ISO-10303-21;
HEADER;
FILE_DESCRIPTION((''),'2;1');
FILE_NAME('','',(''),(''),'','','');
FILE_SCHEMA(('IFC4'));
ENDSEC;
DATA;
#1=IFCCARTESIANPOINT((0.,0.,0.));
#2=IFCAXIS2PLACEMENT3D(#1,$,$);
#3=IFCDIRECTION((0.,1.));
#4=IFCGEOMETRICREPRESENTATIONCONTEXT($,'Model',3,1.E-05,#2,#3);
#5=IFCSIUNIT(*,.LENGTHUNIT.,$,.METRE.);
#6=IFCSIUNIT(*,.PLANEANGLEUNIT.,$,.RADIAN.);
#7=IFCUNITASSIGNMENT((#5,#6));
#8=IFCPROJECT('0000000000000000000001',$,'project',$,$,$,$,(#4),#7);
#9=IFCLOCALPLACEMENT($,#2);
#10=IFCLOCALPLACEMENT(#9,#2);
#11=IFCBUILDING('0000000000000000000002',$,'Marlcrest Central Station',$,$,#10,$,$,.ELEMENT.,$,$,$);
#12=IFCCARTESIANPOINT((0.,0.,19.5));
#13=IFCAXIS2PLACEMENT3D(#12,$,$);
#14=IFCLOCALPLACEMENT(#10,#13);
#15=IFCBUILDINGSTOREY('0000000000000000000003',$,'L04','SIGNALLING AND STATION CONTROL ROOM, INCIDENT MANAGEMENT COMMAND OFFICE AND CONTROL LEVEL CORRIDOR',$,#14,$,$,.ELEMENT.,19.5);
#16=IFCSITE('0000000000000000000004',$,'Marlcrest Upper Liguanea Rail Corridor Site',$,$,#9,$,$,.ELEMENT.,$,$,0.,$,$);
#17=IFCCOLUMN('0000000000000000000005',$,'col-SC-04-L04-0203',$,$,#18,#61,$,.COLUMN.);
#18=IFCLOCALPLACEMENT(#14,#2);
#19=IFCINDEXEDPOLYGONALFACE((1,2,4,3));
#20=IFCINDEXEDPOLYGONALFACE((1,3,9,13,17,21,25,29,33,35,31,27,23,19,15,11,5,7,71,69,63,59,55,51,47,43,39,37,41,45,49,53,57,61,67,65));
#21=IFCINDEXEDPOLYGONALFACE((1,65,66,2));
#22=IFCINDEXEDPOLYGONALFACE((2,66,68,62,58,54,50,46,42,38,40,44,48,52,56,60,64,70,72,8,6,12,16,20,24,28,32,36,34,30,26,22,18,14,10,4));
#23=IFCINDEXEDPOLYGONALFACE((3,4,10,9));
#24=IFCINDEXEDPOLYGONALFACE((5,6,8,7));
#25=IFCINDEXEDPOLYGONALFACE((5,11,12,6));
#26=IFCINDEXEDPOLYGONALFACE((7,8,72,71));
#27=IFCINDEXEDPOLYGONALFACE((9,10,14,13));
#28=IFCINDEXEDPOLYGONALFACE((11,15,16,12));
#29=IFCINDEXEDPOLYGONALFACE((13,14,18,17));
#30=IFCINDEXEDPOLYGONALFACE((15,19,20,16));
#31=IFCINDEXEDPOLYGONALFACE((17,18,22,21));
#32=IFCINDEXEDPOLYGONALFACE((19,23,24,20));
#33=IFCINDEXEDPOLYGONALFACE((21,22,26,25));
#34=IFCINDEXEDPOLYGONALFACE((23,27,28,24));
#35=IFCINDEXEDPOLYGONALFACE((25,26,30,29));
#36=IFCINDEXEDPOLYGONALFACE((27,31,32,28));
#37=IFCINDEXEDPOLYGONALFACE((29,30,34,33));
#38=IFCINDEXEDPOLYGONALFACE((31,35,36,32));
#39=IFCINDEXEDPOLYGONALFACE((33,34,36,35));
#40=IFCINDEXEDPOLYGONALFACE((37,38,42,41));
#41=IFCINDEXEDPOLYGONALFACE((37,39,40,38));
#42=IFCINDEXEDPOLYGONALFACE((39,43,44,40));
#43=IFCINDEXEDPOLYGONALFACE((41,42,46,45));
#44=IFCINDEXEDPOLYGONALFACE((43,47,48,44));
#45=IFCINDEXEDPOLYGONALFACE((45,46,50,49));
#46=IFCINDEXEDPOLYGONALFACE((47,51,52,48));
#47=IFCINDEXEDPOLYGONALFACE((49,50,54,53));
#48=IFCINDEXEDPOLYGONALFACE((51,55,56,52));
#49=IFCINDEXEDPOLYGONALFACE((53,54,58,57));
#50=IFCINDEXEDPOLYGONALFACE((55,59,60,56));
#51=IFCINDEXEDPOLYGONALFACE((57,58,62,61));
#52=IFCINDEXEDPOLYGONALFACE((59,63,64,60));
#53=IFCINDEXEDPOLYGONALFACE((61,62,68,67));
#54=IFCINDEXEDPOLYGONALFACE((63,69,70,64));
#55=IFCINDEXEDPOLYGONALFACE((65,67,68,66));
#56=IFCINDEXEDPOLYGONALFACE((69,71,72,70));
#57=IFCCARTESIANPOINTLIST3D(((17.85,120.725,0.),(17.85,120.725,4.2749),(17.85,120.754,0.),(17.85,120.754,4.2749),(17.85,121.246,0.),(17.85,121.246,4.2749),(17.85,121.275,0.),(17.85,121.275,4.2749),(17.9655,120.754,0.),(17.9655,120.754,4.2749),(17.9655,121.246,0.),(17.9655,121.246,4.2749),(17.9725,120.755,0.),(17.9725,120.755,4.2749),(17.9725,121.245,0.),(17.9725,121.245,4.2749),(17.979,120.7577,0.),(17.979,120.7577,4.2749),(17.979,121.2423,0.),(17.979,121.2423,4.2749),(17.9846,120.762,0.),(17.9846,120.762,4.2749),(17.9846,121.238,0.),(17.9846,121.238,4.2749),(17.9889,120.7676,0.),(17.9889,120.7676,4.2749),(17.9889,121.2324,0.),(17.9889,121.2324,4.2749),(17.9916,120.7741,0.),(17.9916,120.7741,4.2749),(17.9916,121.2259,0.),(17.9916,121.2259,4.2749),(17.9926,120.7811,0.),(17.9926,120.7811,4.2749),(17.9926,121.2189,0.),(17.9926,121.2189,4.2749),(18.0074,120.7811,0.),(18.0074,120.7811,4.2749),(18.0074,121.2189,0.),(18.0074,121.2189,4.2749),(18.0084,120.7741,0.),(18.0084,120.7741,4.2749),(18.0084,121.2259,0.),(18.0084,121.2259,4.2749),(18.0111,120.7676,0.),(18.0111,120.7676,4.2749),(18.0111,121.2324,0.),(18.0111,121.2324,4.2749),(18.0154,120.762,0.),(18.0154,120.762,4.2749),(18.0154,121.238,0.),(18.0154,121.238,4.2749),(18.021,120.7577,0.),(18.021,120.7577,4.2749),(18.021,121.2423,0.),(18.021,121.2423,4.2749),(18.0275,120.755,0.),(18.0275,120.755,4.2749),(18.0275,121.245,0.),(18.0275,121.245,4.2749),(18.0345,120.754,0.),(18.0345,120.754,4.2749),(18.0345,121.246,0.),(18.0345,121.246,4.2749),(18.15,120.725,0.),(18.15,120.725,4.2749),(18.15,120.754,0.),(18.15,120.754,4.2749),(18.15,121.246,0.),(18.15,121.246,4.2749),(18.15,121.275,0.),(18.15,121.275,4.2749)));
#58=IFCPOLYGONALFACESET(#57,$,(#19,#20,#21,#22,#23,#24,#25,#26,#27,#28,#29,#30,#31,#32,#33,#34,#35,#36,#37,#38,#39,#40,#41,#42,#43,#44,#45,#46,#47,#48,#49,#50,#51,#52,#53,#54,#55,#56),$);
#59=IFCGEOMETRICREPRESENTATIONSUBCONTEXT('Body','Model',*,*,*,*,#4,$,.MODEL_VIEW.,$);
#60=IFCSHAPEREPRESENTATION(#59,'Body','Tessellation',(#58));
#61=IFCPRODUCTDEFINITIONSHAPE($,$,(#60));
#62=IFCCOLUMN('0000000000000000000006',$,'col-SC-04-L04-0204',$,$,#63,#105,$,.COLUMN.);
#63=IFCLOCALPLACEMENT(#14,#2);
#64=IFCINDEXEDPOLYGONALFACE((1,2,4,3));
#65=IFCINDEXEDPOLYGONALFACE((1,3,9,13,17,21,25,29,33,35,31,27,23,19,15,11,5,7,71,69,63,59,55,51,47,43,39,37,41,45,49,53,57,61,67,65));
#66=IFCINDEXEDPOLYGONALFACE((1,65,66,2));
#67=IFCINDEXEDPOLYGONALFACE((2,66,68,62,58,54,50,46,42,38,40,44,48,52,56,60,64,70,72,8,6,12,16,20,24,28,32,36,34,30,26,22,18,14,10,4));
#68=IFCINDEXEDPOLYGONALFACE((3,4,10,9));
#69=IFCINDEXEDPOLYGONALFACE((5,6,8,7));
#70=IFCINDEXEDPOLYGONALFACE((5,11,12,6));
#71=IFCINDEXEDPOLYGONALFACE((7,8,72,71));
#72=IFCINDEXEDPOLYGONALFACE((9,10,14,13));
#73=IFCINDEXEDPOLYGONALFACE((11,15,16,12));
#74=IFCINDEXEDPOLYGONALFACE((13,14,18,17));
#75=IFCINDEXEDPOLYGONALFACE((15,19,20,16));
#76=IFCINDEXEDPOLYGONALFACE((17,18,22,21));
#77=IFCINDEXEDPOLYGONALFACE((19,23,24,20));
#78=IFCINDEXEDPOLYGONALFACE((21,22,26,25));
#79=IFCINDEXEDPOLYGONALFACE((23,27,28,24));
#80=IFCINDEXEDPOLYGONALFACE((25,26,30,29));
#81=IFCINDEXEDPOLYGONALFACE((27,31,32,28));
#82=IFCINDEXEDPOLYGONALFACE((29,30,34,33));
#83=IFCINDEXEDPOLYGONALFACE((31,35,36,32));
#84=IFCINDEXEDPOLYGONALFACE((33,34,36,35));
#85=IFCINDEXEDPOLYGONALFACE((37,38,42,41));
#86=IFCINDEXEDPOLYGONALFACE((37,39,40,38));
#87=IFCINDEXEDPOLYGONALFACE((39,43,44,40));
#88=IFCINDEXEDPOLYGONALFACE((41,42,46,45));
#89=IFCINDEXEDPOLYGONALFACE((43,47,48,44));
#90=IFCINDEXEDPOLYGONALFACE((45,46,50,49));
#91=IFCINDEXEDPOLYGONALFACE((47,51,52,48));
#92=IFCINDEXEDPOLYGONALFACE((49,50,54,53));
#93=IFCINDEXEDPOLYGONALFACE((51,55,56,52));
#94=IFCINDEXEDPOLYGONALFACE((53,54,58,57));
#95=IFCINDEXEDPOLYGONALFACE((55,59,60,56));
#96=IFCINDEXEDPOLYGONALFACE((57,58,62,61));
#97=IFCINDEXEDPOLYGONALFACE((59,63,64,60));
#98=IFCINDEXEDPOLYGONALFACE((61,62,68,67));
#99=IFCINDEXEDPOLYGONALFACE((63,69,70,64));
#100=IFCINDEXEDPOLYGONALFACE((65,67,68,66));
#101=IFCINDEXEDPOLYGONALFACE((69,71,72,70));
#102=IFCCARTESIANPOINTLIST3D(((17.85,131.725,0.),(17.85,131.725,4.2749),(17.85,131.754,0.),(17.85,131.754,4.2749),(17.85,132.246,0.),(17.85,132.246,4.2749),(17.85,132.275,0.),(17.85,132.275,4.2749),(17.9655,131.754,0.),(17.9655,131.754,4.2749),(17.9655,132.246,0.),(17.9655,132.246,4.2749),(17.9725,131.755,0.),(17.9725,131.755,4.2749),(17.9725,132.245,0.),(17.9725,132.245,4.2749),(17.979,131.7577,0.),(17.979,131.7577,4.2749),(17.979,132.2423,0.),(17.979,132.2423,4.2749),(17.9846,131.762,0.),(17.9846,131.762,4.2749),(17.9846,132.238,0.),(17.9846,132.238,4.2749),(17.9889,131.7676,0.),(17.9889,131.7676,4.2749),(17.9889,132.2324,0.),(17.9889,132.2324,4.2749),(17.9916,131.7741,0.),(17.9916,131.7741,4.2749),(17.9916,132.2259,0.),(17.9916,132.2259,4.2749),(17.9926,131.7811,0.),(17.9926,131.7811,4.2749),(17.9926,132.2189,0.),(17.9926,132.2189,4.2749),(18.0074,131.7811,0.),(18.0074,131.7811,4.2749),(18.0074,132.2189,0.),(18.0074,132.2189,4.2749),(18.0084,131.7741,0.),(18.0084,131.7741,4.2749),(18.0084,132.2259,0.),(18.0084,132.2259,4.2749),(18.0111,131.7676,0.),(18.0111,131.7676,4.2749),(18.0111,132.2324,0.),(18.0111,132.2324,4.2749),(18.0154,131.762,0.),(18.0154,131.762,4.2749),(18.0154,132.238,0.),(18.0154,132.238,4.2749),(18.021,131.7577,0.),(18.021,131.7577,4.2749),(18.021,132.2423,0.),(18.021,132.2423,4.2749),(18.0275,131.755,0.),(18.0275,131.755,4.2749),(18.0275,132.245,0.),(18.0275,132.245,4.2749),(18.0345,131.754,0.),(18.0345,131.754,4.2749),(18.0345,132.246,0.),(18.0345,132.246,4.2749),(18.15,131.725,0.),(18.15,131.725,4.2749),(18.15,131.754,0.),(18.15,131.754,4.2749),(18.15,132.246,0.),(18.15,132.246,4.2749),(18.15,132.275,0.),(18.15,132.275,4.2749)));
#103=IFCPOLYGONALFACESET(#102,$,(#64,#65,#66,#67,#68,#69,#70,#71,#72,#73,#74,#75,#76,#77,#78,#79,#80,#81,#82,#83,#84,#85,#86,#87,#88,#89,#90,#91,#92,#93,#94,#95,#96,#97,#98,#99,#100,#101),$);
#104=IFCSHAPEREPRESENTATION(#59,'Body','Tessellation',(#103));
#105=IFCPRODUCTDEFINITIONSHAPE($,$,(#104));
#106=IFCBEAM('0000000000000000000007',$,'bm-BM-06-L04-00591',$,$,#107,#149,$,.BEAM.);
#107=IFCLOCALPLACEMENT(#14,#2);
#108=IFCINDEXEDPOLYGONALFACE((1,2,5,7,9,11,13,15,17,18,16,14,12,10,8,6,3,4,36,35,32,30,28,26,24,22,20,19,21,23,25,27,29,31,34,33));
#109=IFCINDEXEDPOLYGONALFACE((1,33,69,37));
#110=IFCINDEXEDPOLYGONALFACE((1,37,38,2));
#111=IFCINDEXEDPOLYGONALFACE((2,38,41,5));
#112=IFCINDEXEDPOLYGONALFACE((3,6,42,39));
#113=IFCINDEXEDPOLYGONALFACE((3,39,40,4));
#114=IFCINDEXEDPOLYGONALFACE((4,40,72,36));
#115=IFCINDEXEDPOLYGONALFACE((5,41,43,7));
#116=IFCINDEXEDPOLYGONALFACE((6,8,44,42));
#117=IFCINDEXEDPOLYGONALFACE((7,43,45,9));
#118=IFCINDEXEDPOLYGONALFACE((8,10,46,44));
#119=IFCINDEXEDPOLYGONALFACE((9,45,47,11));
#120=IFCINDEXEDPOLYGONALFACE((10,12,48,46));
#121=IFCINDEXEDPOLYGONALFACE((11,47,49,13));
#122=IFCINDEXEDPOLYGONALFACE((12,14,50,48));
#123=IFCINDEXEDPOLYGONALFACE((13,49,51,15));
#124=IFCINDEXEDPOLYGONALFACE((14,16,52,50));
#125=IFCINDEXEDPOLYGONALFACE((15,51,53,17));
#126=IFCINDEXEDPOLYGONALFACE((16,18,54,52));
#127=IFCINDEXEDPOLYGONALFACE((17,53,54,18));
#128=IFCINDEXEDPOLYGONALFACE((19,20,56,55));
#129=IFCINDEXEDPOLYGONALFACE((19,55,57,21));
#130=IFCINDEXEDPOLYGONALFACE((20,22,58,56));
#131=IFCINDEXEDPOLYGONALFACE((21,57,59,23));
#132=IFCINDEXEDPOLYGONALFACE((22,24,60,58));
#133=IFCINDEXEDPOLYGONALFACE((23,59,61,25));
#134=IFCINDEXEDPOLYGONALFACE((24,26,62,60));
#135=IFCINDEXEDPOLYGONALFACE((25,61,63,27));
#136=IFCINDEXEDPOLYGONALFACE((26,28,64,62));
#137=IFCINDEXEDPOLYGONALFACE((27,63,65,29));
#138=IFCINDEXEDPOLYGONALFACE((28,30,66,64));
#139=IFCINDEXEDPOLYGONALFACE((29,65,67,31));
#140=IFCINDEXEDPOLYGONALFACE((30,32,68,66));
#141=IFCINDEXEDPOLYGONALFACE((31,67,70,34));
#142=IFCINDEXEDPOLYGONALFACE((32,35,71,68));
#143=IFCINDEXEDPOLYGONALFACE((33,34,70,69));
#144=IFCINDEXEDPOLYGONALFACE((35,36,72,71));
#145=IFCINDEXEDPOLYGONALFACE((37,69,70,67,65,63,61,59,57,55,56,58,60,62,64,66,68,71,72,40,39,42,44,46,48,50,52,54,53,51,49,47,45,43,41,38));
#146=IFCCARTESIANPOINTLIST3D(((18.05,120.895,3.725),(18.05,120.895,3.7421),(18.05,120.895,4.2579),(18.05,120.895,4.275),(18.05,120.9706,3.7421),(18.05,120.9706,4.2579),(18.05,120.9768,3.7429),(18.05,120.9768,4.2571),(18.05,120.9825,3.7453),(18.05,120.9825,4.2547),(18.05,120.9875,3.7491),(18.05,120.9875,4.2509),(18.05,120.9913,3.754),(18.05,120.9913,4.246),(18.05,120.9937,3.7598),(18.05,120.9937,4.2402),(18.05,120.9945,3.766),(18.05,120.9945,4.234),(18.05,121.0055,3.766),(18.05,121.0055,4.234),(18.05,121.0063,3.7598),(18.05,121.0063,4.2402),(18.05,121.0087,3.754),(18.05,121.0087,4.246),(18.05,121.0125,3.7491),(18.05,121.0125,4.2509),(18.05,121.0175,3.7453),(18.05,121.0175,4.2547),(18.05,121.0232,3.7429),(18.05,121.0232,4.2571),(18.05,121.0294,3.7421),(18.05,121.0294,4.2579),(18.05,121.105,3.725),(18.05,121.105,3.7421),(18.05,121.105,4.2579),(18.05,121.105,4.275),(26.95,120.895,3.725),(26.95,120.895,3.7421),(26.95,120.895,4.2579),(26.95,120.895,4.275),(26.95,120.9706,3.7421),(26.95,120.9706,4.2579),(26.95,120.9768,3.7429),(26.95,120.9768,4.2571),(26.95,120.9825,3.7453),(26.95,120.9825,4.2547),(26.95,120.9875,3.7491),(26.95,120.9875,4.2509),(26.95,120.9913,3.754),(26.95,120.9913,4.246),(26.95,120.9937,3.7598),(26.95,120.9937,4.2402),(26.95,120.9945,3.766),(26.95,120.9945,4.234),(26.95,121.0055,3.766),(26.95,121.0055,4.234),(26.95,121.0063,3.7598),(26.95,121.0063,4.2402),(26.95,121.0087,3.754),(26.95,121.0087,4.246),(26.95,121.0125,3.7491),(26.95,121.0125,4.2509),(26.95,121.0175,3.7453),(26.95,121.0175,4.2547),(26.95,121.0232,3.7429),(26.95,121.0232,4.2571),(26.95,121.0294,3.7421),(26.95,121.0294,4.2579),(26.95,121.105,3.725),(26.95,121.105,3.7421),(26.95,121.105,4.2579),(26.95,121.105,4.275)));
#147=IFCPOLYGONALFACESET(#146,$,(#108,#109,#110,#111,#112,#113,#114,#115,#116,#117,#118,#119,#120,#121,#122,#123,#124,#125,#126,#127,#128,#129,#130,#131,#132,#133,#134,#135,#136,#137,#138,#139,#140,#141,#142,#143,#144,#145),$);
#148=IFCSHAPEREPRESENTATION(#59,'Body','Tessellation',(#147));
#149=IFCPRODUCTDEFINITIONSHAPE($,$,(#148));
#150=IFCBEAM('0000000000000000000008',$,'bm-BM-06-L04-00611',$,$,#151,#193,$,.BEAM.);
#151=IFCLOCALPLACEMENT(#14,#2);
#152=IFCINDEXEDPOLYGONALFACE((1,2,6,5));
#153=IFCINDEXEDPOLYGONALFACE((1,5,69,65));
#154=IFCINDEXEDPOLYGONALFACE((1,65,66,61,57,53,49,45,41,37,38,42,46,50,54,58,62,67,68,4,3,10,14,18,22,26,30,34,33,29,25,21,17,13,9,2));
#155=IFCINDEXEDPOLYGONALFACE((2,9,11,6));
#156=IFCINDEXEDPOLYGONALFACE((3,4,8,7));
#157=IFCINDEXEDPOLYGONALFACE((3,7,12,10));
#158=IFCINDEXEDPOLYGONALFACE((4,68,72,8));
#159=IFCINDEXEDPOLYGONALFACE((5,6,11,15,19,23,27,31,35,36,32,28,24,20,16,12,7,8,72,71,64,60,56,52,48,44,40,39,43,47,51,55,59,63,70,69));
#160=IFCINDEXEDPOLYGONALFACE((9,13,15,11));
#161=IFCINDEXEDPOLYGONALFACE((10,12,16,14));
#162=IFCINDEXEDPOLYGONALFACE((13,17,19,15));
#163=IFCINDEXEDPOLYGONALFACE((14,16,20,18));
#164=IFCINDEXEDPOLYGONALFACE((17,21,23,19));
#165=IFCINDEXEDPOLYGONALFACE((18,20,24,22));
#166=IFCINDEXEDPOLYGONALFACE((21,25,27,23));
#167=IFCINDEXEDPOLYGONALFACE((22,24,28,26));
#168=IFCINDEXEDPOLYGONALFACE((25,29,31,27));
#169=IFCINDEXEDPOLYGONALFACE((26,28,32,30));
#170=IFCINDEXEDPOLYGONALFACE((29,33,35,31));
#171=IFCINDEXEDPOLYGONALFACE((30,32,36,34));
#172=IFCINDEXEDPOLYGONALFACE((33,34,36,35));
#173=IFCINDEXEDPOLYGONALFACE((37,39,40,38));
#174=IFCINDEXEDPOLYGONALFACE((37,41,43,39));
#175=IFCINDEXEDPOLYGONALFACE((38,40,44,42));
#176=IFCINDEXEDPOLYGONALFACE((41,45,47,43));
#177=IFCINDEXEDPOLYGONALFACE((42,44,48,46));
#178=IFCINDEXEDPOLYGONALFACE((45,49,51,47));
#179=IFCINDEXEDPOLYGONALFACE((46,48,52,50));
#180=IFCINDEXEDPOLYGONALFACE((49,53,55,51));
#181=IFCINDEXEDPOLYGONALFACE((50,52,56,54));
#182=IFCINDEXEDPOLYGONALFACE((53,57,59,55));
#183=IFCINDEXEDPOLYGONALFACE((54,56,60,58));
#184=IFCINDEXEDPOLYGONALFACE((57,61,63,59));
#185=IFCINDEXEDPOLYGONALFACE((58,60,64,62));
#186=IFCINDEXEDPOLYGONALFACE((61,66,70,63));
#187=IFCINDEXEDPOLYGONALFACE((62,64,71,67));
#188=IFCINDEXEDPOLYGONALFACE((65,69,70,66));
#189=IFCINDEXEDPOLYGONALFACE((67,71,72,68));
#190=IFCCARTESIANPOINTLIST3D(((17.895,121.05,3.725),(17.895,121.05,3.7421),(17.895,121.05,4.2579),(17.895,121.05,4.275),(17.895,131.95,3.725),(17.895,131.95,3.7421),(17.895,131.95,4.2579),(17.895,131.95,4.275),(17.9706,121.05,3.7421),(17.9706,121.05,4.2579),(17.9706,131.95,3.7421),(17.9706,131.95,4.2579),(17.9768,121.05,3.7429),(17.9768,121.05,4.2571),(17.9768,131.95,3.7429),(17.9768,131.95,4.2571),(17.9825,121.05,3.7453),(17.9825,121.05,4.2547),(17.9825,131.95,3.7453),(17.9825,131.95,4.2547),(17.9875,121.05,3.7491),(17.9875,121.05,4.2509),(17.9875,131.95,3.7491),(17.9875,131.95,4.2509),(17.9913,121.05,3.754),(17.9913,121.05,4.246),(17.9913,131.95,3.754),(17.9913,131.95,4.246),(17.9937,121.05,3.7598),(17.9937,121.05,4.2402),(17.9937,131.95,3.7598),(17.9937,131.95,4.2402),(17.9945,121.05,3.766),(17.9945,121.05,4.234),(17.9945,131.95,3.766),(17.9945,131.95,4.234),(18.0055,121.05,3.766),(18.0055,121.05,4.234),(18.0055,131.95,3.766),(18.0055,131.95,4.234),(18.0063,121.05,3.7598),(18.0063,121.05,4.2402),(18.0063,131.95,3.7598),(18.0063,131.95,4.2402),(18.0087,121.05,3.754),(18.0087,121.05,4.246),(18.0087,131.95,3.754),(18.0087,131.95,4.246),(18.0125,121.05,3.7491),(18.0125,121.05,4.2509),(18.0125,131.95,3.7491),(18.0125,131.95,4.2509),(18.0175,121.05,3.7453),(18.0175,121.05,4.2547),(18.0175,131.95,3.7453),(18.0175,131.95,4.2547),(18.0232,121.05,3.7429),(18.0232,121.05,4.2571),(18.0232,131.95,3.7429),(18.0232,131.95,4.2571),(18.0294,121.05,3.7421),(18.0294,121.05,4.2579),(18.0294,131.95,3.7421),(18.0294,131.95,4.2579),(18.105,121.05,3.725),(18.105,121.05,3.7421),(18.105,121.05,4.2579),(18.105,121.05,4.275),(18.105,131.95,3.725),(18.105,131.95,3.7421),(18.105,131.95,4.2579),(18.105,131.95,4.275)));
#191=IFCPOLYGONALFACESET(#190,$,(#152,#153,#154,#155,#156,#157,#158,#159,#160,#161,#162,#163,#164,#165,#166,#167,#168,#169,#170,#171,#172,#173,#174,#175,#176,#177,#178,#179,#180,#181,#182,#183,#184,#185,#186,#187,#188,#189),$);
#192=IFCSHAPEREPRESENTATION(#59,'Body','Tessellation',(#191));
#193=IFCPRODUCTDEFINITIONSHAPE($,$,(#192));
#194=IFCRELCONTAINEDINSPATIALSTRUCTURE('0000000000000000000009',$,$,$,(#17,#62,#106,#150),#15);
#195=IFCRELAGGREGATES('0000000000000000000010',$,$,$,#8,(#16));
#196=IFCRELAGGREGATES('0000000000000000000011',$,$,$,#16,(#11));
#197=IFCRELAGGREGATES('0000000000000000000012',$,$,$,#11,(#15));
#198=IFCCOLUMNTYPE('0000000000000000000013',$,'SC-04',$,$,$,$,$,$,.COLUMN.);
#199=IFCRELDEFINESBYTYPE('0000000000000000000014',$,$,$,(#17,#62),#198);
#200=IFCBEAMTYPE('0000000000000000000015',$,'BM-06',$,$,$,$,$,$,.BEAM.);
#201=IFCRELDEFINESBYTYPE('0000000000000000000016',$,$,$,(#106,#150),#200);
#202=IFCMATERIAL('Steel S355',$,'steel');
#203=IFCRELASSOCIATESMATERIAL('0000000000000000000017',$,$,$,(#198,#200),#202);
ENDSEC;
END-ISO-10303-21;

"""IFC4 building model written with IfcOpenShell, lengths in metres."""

from ifc_helpers import new_model, si_unit, direction, frame, origin, origin_2d, place, context, subcontext, project, spatial, i_section, extrude, material, material_profile, profile_set, type_object, element, save


model = new_model("IFC4")

# Units and contexts
model_context = context("Model", 3, precision=1e-05, world=origin(), true_north=direction((0.0, 1.0)))
body_context = subcontext(model_context, "Body", "Model", "MODEL_VIEW")
ifc_project = project(units=[si_unit("LENGTHUNIT", "METRE"), si_unit("PLANEANGLEUNIT", "RADIAN")], contexts=[model_context])

# Site, building, storey
site_placement = place(None, origin())
site = spatial("IfcSite", under=ifc_project, at=site_placement, Name="Marlcrest Upper Liguanea Rail Corridor Site", CompositionType="ELEMENT", RefElevation=0.0)
building_placement = place(site_placement, origin())
building = spatial("IfcBuilding", under=site, at=building_placement, Name="Marlcrest Central Station", CompositionType="ELEMENT")
storey_placement = place(building_placement, frame((0.0, 0.0, 19.5)))
storey = spatial("IfcBuildingStorey", under=building, at=storey_placement, Name="L04", Description="SIGNALLING AND STATION CONTROL ROOM, INCIDENT MANAGEMENT COMMAND OFFICE AND CONTROL LEVEL CORRIDOR", CompositionType="ELEMENT", Elevation=19.5)

# Columns
ifc_material_1 = material(Name="Steel S355", Category="steel")
ifc_material_profile_1 = material_profile(ifc_material_1, i_section(OverallWidth=0.3, OverallDepth=0.55, WebThickness=0.0149, FlangeThickness=0.0291, FilletRadius=0.0271, at=origin_2d()), Name="HEB 550")
ifc_profile_set_1 = profile_set([ifc_material_profile_1], Name="Steel S355")
column_type = type_object("IfcColumnType", Name="SC-04", PredefinedType="COLUMN", material=ifc_profile_set_1)
for number, where, z_axis, x_axis, name in (
    (1, (18.0, 121.0, 0.0), (0.0, 0.0, 1.0), (1.0, 0.0, 0.0), "col-SC-04-L04-0203"),
    (2, (18.0, 132.0, 0.0), (0.0, 0.0, 1.0), (1.0, 0.0, 0.0), "col-SC-04-L04-0204"),
):
    element("IfcColumn", number, at=place(storey_placement, frame(where, z_axis=z_axis, x_axis=x_axis)), inside=storey, type_object=column_type, Name=name, PredefinedType="COLUMN", context=body_context, shape_type="SweptSolid", body=[
        extrude(i_section(OverallWidth=0.3, OverallDepth=0.55, WebThickness=0.0149, FlangeThickness=0.0291, FilletRadius=0.0271, at=origin_2d()), origin(), (0.0, 0.0, 1.0), 4.2749),
    ])

# Beams
ifc_material_profile_2 = material_profile(ifc_material_1, i_section(OverallWidth=0.21, OverallDepth=0.55, WebThickness=0.011, FlangeThickness=0.0171, FilletRadius=0.0239, at=origin_2d()), Name="IPE 550")
ifc_profile_set_2 = profile_set([ifc_material_profile_2], Name="Steel S355")
beam_type_1 = type_object("IfcBeamType", Name="BM-06", PredefinedType="BEAM", material=ifc_profile_set_2)
beam_1_placement = place(storey_placement, frame((18.05, 121.0, 4.0), z_axis=(1.0, 0.0, 0.0), x_axis=(0.0, 1.0, 0.0)))
element("IfcBeam", 3, at=beam_1_placement, inside=storey, type_object=beam_type_1, Name="bm-BM-06-L04-00591", PredefinedType="BEAM", context=body_context, shape_type="SweptSolid", body=[
    extrude(i_section(OverallWidth=0.21, OverallDepth=0.55, WebThickness=0.011, FlangeThickness=0.0171, FilletRadius=0.0239, at=origin_2d()), origin(), (0.0, 0.0, 1.0), 8.8999),
])
beam_2_placement = place(storey_placement, frame((18.0, 121.05, 4.0), z_axis=(0.0, 1.0, 0.0), x_axis=(-1.0, 0.0, 0.0)))
element("IfcBeam", 4, at=beam_2_placement, inside=storey, type_object=beam_type_1, Name="bm-BM-06-L04-00611", PredefinedType="BEAM", context=body_context, shape_type="SweptSolid", body=[
    extrude(i_section(OverallWidth=0.21, OverallDepth=0.55, WebThickness=0.011, FlangeThickness=0.0171, FilletRadius=0.0239, at=origin_2d()), origin(), (0.0, 0.0, 1.0), 10.8999),
])

save(model, "model.ifc")
